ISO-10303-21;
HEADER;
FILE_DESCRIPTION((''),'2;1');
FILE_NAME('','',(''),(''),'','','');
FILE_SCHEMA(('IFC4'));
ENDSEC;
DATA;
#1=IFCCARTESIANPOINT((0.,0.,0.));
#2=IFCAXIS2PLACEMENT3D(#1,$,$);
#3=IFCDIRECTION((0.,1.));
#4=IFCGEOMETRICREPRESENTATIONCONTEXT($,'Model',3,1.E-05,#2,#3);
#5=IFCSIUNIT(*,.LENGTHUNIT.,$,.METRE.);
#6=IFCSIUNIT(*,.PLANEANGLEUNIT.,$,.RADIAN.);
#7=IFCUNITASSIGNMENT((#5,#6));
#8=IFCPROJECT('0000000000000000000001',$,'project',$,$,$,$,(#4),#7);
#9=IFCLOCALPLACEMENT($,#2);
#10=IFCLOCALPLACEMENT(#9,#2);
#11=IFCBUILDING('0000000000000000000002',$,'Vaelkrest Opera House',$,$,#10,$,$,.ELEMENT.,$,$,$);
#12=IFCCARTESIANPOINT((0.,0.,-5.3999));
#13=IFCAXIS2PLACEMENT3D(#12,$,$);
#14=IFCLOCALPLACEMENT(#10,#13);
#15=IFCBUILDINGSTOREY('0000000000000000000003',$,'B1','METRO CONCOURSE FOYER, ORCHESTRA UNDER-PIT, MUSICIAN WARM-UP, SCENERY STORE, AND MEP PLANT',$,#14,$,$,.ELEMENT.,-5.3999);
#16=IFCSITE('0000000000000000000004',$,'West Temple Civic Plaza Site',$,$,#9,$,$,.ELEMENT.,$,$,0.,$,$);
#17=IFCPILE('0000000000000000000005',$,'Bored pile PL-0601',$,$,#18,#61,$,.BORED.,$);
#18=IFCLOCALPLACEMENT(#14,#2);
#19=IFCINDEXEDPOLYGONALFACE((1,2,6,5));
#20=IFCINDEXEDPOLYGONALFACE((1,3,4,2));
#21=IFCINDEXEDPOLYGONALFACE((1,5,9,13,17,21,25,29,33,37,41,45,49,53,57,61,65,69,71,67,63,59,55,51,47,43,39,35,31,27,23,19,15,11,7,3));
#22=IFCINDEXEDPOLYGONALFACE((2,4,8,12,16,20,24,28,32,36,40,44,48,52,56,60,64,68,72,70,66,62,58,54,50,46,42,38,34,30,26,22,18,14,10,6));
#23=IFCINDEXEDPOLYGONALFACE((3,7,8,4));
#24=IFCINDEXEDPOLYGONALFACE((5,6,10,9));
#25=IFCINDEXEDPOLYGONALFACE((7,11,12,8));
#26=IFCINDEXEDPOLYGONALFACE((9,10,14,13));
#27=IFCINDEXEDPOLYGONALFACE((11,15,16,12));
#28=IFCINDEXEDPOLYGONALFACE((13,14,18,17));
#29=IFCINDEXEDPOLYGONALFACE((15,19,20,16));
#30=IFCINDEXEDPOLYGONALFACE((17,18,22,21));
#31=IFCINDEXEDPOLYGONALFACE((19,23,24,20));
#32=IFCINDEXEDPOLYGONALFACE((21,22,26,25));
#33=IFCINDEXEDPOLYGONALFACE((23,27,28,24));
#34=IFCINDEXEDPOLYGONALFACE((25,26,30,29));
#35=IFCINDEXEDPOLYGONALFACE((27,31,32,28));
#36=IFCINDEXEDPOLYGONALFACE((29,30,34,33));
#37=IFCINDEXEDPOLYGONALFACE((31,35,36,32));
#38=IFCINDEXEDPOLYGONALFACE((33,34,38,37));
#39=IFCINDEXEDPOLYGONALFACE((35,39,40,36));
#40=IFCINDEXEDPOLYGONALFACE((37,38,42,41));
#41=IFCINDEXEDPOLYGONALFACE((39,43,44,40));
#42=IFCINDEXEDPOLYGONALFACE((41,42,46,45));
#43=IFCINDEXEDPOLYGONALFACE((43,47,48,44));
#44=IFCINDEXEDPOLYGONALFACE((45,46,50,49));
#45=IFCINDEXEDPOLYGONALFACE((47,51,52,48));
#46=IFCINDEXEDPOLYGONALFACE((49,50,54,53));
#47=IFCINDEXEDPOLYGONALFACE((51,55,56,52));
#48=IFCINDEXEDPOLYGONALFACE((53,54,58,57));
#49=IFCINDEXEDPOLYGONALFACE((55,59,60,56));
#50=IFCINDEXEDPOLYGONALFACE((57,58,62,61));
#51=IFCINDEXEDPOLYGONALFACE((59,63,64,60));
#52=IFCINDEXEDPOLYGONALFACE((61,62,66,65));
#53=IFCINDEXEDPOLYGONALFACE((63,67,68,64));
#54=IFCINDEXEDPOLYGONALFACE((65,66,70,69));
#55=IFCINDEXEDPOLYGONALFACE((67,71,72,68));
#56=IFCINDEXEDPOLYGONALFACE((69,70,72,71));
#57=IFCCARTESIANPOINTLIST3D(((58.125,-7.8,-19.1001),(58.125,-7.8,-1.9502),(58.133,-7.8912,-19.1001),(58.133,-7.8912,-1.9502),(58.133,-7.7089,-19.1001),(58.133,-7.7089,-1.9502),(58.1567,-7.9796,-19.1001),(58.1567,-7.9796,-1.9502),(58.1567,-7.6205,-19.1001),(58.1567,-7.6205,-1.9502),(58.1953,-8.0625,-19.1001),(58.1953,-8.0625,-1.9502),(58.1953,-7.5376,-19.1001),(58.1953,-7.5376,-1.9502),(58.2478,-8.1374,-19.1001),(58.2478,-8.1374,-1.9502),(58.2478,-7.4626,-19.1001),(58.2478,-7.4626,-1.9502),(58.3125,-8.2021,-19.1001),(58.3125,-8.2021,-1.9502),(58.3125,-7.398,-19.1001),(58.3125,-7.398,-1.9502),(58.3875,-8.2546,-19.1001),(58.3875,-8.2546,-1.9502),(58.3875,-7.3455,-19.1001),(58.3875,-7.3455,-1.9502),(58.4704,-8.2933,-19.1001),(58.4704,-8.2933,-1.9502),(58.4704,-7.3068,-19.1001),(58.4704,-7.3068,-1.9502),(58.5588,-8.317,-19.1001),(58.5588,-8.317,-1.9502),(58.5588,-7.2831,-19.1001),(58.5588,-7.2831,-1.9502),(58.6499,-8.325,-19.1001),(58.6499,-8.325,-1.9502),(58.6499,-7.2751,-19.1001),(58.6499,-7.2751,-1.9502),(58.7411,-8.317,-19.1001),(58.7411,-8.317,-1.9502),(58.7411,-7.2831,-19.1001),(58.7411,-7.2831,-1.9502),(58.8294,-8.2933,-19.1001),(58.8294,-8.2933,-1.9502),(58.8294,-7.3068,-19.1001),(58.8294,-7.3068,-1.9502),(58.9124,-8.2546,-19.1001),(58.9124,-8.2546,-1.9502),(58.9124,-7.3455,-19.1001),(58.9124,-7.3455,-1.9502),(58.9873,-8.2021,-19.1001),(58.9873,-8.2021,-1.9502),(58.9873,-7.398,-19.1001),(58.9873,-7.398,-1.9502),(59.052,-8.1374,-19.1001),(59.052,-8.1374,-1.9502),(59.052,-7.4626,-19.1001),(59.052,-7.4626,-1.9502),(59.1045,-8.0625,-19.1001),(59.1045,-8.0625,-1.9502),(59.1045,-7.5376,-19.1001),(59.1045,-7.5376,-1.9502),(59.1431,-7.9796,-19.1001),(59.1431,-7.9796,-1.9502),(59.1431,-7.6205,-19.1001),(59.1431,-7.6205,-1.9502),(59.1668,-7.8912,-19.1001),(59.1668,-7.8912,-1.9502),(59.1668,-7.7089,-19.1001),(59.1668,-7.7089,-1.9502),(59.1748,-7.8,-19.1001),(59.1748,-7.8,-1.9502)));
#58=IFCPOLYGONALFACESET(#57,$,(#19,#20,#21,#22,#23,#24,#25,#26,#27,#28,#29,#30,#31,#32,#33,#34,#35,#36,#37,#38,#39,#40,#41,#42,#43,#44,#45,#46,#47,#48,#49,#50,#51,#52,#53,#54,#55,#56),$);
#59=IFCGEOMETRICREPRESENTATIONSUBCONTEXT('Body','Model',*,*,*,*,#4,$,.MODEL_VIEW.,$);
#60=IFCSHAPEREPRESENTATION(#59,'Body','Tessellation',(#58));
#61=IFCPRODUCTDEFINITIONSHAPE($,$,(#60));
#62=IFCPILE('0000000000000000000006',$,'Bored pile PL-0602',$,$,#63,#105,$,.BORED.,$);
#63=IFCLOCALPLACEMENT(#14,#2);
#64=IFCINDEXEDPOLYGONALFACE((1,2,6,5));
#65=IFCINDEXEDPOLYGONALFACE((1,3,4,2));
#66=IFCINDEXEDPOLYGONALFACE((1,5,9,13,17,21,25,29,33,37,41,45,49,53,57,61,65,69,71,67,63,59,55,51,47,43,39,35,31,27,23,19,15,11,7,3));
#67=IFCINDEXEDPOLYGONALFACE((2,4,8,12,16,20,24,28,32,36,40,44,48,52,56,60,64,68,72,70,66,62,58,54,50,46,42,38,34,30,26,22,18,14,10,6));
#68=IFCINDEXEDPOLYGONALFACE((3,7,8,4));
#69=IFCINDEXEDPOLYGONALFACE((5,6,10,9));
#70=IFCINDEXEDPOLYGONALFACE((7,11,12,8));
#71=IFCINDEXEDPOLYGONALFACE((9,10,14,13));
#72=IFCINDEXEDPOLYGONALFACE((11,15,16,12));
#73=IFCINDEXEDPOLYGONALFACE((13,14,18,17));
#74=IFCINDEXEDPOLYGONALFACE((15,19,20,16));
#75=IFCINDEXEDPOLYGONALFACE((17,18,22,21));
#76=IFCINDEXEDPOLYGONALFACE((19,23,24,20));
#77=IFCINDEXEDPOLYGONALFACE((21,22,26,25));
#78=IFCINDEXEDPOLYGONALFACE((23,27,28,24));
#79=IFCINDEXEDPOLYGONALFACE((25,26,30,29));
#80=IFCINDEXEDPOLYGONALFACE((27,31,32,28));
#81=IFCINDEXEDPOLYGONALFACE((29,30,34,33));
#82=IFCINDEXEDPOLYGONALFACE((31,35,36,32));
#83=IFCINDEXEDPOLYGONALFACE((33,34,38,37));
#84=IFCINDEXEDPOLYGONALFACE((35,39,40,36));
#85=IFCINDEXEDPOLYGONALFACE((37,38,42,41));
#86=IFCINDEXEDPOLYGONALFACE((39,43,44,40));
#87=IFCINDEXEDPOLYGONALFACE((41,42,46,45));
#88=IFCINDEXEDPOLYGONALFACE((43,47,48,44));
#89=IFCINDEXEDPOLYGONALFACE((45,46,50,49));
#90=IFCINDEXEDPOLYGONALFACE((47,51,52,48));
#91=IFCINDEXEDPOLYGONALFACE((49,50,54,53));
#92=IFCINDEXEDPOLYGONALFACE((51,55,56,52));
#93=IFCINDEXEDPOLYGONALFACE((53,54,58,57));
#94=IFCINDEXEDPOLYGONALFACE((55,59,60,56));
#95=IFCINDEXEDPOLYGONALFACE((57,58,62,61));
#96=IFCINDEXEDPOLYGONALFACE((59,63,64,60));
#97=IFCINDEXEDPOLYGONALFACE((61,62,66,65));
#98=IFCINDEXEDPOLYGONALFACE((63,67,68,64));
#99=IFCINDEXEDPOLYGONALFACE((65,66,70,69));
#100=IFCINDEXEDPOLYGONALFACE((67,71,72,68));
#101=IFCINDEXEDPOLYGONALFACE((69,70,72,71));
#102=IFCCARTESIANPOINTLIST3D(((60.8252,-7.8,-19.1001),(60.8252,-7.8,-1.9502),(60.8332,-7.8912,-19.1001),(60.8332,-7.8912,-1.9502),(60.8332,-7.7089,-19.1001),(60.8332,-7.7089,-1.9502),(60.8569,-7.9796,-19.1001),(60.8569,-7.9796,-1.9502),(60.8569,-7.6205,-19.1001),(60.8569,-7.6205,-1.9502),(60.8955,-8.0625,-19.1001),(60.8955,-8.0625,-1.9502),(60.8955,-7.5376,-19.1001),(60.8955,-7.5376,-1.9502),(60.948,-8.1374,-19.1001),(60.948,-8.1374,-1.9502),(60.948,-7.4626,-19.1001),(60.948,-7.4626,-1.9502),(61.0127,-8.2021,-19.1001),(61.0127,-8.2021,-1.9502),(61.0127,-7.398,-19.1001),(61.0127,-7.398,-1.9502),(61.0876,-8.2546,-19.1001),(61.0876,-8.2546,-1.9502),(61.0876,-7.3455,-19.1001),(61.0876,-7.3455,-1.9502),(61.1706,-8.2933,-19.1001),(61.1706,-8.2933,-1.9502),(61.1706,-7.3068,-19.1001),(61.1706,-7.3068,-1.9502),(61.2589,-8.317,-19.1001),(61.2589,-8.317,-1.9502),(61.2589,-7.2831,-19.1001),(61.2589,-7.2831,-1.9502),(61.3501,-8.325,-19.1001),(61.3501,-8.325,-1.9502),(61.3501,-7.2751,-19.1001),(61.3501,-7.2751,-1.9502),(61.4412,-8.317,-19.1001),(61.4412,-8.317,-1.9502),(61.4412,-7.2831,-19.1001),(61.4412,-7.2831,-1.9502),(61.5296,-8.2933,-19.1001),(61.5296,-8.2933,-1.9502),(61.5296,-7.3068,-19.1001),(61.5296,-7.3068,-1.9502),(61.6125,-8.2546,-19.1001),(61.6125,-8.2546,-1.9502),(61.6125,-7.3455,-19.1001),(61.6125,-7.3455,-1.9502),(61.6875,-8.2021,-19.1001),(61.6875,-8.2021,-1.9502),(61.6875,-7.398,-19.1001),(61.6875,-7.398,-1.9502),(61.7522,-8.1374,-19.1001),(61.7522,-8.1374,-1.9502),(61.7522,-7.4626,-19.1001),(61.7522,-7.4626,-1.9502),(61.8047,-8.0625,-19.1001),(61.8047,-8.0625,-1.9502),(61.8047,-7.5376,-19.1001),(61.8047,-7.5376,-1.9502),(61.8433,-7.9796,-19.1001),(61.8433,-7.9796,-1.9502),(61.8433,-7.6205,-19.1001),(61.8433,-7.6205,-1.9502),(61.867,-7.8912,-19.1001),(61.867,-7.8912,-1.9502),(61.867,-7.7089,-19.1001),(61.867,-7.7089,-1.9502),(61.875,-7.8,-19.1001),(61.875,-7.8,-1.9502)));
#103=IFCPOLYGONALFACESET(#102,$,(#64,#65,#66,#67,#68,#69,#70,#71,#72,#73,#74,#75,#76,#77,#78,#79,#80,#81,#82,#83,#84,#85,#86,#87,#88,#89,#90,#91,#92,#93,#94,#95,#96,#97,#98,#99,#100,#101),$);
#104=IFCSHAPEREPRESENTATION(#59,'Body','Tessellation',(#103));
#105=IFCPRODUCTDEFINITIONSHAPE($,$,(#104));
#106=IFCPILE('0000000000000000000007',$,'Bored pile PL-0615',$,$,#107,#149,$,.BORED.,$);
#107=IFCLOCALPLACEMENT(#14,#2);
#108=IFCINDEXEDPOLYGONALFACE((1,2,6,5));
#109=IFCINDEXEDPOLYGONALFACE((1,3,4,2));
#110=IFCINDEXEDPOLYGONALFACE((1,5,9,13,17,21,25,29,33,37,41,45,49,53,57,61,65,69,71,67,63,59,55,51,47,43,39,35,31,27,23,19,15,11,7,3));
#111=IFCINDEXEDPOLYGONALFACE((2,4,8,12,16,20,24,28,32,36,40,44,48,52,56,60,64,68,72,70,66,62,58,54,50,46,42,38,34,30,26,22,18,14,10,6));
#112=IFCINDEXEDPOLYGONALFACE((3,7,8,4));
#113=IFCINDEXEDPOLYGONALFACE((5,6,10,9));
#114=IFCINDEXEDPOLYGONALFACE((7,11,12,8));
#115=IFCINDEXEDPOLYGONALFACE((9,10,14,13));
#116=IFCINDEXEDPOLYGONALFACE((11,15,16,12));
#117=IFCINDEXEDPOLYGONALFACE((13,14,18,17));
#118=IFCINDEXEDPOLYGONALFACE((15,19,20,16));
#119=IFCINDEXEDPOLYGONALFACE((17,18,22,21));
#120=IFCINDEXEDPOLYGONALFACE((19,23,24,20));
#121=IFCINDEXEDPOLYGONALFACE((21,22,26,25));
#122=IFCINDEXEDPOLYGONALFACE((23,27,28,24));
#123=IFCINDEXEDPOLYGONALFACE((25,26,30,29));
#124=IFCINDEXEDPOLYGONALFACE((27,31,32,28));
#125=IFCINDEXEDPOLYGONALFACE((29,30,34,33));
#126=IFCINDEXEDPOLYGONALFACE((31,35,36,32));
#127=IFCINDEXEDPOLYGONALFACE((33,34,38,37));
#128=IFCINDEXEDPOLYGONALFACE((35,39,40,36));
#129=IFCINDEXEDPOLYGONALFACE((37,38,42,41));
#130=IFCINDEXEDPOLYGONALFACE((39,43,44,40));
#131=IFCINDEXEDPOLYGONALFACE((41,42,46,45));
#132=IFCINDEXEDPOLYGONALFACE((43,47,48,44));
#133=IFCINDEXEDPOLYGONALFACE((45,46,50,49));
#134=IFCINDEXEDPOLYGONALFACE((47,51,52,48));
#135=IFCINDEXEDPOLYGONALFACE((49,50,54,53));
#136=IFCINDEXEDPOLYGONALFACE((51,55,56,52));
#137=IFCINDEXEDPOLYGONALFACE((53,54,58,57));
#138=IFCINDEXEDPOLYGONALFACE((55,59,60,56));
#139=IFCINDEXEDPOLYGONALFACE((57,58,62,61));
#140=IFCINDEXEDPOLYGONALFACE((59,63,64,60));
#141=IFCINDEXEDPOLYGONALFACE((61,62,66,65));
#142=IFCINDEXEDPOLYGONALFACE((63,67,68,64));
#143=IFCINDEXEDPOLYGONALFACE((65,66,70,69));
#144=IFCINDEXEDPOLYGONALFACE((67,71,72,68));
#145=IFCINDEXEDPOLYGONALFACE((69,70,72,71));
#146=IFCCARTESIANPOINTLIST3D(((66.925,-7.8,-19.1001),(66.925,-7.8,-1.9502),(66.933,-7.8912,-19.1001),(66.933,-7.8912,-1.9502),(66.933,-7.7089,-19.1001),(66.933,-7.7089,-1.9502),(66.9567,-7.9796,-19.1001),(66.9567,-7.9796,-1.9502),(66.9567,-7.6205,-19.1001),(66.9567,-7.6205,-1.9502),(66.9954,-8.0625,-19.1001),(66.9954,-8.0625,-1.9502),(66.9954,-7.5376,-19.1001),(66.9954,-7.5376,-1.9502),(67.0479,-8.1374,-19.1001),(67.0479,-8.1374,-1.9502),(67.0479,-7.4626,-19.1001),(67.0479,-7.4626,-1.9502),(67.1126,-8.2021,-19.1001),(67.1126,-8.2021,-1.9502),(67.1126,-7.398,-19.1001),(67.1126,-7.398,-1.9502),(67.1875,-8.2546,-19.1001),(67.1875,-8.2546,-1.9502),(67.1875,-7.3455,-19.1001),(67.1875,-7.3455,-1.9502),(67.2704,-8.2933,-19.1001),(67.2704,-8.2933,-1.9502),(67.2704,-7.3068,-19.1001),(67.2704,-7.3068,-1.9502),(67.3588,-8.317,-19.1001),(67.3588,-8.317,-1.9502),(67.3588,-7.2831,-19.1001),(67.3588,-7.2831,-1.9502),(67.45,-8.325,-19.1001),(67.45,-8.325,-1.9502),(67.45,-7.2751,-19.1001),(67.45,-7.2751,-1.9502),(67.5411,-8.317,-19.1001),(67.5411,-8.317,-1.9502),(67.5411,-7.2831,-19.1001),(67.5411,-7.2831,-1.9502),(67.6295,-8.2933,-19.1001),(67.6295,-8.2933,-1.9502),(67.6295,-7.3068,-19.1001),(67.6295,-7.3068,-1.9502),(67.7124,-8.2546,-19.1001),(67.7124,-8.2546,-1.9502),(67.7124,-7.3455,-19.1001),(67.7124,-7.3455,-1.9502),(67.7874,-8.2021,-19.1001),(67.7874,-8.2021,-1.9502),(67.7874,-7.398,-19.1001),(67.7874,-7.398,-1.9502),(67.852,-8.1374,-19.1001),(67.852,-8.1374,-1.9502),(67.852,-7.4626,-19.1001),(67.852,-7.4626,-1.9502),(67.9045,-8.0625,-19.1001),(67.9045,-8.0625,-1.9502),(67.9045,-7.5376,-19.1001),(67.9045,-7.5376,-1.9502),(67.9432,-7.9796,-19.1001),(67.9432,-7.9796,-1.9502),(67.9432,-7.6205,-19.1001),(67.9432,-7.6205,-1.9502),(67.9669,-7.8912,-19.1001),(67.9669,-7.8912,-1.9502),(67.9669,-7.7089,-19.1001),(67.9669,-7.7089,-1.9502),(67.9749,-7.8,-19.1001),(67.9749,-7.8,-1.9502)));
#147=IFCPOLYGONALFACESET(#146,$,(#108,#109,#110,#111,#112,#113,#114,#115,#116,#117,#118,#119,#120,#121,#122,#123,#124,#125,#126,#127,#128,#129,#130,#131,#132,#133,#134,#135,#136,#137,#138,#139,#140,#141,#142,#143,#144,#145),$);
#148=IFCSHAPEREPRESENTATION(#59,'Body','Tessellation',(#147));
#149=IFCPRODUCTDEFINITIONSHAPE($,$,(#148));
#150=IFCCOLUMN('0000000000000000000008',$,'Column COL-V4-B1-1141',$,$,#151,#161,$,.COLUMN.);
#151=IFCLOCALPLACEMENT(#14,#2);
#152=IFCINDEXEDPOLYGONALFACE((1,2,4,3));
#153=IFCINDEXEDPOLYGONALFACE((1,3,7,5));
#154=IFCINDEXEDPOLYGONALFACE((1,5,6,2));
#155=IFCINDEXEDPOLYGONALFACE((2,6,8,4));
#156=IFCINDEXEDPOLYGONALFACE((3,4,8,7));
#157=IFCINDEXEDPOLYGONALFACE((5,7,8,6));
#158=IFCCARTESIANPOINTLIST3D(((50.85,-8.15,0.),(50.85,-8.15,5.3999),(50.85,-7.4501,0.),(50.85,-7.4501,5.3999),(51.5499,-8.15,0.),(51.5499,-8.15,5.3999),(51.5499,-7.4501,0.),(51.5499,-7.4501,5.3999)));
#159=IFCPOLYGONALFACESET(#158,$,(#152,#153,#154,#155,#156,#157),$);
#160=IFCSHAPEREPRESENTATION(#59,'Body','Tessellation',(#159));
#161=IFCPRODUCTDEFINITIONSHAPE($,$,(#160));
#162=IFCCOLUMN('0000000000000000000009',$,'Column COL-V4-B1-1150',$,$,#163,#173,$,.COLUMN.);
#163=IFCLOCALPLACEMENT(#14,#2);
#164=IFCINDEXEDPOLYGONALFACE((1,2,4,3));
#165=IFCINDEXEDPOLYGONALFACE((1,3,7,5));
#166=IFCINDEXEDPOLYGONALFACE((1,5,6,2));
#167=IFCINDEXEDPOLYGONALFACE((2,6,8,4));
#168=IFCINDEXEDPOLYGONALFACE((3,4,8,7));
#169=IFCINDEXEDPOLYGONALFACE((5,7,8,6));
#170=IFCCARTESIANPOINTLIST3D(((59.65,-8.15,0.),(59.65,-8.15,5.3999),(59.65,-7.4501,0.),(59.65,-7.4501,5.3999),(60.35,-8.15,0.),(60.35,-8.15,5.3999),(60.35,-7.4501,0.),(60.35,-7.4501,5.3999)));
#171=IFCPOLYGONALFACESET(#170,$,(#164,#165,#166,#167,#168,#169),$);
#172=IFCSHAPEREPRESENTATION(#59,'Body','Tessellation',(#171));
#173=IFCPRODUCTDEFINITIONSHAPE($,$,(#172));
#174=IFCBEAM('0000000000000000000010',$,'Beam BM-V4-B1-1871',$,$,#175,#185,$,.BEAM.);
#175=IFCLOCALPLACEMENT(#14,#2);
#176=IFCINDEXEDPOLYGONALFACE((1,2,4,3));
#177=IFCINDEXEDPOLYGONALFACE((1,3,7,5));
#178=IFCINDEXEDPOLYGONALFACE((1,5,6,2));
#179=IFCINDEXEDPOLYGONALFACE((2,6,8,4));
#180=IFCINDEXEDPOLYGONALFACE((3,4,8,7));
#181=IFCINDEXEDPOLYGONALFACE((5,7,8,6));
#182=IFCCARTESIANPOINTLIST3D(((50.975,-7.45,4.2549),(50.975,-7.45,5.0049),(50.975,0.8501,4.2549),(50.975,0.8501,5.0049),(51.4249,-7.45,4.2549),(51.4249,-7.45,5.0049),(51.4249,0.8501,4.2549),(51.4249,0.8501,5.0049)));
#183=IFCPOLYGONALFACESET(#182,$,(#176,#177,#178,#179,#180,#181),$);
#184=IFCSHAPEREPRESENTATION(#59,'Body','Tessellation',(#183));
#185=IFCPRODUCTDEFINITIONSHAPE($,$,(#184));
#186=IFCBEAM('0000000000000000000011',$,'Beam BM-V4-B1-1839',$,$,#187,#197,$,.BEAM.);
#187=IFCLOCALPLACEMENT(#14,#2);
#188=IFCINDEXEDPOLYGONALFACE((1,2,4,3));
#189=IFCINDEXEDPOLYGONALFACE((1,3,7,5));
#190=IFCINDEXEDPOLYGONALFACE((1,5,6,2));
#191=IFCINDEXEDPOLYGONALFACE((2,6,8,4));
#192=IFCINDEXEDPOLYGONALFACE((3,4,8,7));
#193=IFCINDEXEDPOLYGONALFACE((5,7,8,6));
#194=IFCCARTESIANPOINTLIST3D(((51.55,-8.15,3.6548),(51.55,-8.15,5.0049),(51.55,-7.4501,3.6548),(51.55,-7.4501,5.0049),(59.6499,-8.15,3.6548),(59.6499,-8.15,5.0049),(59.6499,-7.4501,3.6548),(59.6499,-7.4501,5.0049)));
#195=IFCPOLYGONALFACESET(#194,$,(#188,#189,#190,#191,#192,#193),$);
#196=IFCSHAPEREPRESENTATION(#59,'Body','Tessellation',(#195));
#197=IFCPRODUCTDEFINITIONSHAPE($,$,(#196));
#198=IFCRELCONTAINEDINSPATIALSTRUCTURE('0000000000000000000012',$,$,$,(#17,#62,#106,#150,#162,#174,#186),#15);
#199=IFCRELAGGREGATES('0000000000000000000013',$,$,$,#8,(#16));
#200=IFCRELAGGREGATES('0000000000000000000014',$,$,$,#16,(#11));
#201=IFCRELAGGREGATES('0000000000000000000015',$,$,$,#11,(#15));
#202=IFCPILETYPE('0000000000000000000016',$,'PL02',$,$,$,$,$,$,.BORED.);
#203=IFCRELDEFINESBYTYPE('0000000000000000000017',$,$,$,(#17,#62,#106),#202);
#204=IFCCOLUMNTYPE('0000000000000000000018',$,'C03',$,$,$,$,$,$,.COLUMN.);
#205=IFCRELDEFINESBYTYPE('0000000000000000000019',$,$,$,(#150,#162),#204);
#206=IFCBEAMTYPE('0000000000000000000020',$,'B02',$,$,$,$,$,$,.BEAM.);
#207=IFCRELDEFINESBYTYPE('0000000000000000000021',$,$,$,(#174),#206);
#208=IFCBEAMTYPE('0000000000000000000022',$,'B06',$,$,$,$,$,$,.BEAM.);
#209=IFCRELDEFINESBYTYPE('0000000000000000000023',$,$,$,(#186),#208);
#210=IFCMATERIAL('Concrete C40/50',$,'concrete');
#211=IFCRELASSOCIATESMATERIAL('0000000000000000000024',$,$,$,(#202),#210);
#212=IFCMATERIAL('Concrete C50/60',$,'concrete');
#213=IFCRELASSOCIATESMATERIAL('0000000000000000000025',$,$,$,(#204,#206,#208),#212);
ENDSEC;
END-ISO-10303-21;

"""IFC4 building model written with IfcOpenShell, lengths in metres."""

from ifc_helpers import new_model, si_unit, direction, frame, origin, origin_2d, place, context, subcontext, project, spatial, rectangle, circle, extrude, material, material_profile, profile_set, type_object, element, save


model = new_model("IFC4")

# Units and contexts
model_context = context("Model", 3, precision=1e-05, world=origin(), true_north=direction((0.0, 1.0)))
body_context = subcontext(model_context, "Body", "Model", "MODEL_VIEW")
ifc_project = project(units=[si_unit("LENGTHUNIT", "METRE"), si_unit("PLANEANGLEUNIT", "RADIAN")], contexts=[model_context])

# Site, building, storey
site_placement = place(None, origin())
site = spatial("IfcSite", under=ifc_project, at=site_placement, Name="West Temple Civic Plaza Site", CompositionType="ELEMENT", RefElevation=0.0)
building_placement = place(site_placement, origin())
building = spatial("IfcBuilding", under=site, at=building_placement, Name="Vaelkrest Opera House", CompositionType="ELEMENT")
storey_placement = place(building_placement, frame((0.0, 0.0, -5.3999)))
storey = spatial("IfcBuildingStorey", under=building, at=storey_placement, Name="B1", Description="METRO CONCOURSE FOYER, ORCHESTRA UNDER-PIT, MUSICIAN WARM-UP, SCENERY STORE, AND MEP PLANT", CompositionType="ELEMENT", Elevation=-5.3999)

# Shared definitions
ifc_material_1 = material(Name="Concrete C40/50", Category="concrete")

# Piles
ifc_material_profile_1 = material_profile(ifc_material_1, circle(Radius=0.5249, at=origin_2d()), Name="PILE1050")
ifc_profile_set_1 = profile_set([ifc_material_profile_1], Name="Concrete C40/50")
pile_type = type_object("IfcPileType", Name="PL02", PredefinedType="BORED", material=ifc_profile_set_1)
for number, where, z_axis, x_axis, name in (
    (1, (58.6499, -7.8, -1.9502), (0.0, 0.0, -1.0), (1.0, 0.0, 0.0), "Bored pile PL-0601"),
    (2, (61.3501, -7.8, -1.9502), (0.0, 0.0, -1.0), (1.0, 0.0, 0.0), "Bored pile PL-0602"),
    (3, (67.45, -7.8, -1.9502), (0.0, 0.0, -1.0), (1.0, 0.0, 0.0), "Bored pile PL-0615"),
):
    element("IfcPile", number, at=place(storey_placement, frame(where, z_axis=z_axis, x_axis=x_axis)), inside=storey, type_object=pile_type, Name=name, PredefinedType="BORED", context=body_context, shape_type="SweptSolid", body=[
        extrude(circle(Radius=0.5249, at=origin_2d()), origin(), (0.0, 0.0, 1.0), 17.1499),
    ])

# Columns
ifc_material_2 = material(Name="Concrete C50/60", Category="concrete")
ifc_material_profile_2 = material_profile(ifc_material_2, rectangle(XDim=0.7, YDim=0.7, at=origin_2d()), Name="RC700X700")
ifc_profile_set_2 = profile_set([ifc_material_profile_2], Name="Concrete C50/60")
column_type = type_object("IfcColumnType", Name="C03", PredefinedType="COLUMN", material=ifc_profile_set_2)
for number, where, z_axis, x_axis, name in (
    (4, (51.2, -7.8, 0.0), (0.0, 0.0, 1.0), (1.0, 0.0, 0.0), "Column COL-V4-B1-1141"),
    (5, (60.0, -7.8, 0.0), (0.0, 0.0, 1.0), (1.0, 0.0, 0.0), "Column COL-V4-B1-1150"),
):
    element("IfcColumn", number, at=place(storey_placement, frame(where, z_axis=z_axis, x_axis=x_axis)), inside=storey, type_object=column_type, Name=name, PredefinedType="COLUMN", context=body_context, shape_type="SweptSolid", body=[
        extrude(rectangle(XDim=0.7, YDim=0.7, at=origin_2d()), origin(), (0.0, 0.0, 1.0), 5.3999),
    ])

# Beams
ifc_material_profile_3 = material_profile(ifc_material_2, rectangle(XDim=0.45, YDim=0.75, at=origin_2d()), Name="RCB450X750")
ifc_profile_set_3 = profile_set([ifc_material_profile_3], Name="Concrete C50/60")
beam_type_1 = type_object("IfcBeamType", Name="B02", PredefinedType="BEAM", material=ifc_profile_set_3)
beam_1_placement = place(storey_placement, frame((51.2, -7.45, 4.6299), z_axis=(0.0, 1.0, 0.0), x_axis=(-1.0, 0.0, 0.0)))
element("IfcBeam", 6, at=beam_1_placement, inside=storey, type_object=beam_type_1, Name="Beam BM-V4-B1-1871", PredefinedType="BEAM", context=body_context, shape_type="SweptSolid", body=[
    extrude(rectangle(XDim=0.45, YDim=0.75, at=origin_2d()), origin(), (0.0, 0.0, 1.0), 8.3),
])
ifc_material_profile_4 = material_profile(ifc_material_2, rectangle(XDim=0.7, YDim=1.3501, at=origin_2d()), Name="RCB700X1350")
ifc_profile_set_4 = profile_set([ifc_material_profile_4], Name="Concrete C50/60")
beam_type_2 = type_object("IfcBeamType", Name="B06", PredefinedType="BEAM", material=ifc_profile_set_4)
beam_2_placement = place(storey_placement, frame((51.55, -7.8, 4.3298), z_axis=(1.0, 0.0, 0.0), x_axis=(0.0, 1.0, 0.0)))
element("IfcBeam", 7, at=beam_2_placement, inside=storey, type_object=beam_type_2, Name="Beam BM-V4-B1-1839", PredefinedType="BEAM", context=body_context, shape_type="SweptSolid", body=[
    extrude(rectangle(XDim=0.7, YDim=1.3501, at=origin_2d()), origin(), (0.0, 0.0, 1.0), 8.0999),
])

save(model, "model.ifc")
